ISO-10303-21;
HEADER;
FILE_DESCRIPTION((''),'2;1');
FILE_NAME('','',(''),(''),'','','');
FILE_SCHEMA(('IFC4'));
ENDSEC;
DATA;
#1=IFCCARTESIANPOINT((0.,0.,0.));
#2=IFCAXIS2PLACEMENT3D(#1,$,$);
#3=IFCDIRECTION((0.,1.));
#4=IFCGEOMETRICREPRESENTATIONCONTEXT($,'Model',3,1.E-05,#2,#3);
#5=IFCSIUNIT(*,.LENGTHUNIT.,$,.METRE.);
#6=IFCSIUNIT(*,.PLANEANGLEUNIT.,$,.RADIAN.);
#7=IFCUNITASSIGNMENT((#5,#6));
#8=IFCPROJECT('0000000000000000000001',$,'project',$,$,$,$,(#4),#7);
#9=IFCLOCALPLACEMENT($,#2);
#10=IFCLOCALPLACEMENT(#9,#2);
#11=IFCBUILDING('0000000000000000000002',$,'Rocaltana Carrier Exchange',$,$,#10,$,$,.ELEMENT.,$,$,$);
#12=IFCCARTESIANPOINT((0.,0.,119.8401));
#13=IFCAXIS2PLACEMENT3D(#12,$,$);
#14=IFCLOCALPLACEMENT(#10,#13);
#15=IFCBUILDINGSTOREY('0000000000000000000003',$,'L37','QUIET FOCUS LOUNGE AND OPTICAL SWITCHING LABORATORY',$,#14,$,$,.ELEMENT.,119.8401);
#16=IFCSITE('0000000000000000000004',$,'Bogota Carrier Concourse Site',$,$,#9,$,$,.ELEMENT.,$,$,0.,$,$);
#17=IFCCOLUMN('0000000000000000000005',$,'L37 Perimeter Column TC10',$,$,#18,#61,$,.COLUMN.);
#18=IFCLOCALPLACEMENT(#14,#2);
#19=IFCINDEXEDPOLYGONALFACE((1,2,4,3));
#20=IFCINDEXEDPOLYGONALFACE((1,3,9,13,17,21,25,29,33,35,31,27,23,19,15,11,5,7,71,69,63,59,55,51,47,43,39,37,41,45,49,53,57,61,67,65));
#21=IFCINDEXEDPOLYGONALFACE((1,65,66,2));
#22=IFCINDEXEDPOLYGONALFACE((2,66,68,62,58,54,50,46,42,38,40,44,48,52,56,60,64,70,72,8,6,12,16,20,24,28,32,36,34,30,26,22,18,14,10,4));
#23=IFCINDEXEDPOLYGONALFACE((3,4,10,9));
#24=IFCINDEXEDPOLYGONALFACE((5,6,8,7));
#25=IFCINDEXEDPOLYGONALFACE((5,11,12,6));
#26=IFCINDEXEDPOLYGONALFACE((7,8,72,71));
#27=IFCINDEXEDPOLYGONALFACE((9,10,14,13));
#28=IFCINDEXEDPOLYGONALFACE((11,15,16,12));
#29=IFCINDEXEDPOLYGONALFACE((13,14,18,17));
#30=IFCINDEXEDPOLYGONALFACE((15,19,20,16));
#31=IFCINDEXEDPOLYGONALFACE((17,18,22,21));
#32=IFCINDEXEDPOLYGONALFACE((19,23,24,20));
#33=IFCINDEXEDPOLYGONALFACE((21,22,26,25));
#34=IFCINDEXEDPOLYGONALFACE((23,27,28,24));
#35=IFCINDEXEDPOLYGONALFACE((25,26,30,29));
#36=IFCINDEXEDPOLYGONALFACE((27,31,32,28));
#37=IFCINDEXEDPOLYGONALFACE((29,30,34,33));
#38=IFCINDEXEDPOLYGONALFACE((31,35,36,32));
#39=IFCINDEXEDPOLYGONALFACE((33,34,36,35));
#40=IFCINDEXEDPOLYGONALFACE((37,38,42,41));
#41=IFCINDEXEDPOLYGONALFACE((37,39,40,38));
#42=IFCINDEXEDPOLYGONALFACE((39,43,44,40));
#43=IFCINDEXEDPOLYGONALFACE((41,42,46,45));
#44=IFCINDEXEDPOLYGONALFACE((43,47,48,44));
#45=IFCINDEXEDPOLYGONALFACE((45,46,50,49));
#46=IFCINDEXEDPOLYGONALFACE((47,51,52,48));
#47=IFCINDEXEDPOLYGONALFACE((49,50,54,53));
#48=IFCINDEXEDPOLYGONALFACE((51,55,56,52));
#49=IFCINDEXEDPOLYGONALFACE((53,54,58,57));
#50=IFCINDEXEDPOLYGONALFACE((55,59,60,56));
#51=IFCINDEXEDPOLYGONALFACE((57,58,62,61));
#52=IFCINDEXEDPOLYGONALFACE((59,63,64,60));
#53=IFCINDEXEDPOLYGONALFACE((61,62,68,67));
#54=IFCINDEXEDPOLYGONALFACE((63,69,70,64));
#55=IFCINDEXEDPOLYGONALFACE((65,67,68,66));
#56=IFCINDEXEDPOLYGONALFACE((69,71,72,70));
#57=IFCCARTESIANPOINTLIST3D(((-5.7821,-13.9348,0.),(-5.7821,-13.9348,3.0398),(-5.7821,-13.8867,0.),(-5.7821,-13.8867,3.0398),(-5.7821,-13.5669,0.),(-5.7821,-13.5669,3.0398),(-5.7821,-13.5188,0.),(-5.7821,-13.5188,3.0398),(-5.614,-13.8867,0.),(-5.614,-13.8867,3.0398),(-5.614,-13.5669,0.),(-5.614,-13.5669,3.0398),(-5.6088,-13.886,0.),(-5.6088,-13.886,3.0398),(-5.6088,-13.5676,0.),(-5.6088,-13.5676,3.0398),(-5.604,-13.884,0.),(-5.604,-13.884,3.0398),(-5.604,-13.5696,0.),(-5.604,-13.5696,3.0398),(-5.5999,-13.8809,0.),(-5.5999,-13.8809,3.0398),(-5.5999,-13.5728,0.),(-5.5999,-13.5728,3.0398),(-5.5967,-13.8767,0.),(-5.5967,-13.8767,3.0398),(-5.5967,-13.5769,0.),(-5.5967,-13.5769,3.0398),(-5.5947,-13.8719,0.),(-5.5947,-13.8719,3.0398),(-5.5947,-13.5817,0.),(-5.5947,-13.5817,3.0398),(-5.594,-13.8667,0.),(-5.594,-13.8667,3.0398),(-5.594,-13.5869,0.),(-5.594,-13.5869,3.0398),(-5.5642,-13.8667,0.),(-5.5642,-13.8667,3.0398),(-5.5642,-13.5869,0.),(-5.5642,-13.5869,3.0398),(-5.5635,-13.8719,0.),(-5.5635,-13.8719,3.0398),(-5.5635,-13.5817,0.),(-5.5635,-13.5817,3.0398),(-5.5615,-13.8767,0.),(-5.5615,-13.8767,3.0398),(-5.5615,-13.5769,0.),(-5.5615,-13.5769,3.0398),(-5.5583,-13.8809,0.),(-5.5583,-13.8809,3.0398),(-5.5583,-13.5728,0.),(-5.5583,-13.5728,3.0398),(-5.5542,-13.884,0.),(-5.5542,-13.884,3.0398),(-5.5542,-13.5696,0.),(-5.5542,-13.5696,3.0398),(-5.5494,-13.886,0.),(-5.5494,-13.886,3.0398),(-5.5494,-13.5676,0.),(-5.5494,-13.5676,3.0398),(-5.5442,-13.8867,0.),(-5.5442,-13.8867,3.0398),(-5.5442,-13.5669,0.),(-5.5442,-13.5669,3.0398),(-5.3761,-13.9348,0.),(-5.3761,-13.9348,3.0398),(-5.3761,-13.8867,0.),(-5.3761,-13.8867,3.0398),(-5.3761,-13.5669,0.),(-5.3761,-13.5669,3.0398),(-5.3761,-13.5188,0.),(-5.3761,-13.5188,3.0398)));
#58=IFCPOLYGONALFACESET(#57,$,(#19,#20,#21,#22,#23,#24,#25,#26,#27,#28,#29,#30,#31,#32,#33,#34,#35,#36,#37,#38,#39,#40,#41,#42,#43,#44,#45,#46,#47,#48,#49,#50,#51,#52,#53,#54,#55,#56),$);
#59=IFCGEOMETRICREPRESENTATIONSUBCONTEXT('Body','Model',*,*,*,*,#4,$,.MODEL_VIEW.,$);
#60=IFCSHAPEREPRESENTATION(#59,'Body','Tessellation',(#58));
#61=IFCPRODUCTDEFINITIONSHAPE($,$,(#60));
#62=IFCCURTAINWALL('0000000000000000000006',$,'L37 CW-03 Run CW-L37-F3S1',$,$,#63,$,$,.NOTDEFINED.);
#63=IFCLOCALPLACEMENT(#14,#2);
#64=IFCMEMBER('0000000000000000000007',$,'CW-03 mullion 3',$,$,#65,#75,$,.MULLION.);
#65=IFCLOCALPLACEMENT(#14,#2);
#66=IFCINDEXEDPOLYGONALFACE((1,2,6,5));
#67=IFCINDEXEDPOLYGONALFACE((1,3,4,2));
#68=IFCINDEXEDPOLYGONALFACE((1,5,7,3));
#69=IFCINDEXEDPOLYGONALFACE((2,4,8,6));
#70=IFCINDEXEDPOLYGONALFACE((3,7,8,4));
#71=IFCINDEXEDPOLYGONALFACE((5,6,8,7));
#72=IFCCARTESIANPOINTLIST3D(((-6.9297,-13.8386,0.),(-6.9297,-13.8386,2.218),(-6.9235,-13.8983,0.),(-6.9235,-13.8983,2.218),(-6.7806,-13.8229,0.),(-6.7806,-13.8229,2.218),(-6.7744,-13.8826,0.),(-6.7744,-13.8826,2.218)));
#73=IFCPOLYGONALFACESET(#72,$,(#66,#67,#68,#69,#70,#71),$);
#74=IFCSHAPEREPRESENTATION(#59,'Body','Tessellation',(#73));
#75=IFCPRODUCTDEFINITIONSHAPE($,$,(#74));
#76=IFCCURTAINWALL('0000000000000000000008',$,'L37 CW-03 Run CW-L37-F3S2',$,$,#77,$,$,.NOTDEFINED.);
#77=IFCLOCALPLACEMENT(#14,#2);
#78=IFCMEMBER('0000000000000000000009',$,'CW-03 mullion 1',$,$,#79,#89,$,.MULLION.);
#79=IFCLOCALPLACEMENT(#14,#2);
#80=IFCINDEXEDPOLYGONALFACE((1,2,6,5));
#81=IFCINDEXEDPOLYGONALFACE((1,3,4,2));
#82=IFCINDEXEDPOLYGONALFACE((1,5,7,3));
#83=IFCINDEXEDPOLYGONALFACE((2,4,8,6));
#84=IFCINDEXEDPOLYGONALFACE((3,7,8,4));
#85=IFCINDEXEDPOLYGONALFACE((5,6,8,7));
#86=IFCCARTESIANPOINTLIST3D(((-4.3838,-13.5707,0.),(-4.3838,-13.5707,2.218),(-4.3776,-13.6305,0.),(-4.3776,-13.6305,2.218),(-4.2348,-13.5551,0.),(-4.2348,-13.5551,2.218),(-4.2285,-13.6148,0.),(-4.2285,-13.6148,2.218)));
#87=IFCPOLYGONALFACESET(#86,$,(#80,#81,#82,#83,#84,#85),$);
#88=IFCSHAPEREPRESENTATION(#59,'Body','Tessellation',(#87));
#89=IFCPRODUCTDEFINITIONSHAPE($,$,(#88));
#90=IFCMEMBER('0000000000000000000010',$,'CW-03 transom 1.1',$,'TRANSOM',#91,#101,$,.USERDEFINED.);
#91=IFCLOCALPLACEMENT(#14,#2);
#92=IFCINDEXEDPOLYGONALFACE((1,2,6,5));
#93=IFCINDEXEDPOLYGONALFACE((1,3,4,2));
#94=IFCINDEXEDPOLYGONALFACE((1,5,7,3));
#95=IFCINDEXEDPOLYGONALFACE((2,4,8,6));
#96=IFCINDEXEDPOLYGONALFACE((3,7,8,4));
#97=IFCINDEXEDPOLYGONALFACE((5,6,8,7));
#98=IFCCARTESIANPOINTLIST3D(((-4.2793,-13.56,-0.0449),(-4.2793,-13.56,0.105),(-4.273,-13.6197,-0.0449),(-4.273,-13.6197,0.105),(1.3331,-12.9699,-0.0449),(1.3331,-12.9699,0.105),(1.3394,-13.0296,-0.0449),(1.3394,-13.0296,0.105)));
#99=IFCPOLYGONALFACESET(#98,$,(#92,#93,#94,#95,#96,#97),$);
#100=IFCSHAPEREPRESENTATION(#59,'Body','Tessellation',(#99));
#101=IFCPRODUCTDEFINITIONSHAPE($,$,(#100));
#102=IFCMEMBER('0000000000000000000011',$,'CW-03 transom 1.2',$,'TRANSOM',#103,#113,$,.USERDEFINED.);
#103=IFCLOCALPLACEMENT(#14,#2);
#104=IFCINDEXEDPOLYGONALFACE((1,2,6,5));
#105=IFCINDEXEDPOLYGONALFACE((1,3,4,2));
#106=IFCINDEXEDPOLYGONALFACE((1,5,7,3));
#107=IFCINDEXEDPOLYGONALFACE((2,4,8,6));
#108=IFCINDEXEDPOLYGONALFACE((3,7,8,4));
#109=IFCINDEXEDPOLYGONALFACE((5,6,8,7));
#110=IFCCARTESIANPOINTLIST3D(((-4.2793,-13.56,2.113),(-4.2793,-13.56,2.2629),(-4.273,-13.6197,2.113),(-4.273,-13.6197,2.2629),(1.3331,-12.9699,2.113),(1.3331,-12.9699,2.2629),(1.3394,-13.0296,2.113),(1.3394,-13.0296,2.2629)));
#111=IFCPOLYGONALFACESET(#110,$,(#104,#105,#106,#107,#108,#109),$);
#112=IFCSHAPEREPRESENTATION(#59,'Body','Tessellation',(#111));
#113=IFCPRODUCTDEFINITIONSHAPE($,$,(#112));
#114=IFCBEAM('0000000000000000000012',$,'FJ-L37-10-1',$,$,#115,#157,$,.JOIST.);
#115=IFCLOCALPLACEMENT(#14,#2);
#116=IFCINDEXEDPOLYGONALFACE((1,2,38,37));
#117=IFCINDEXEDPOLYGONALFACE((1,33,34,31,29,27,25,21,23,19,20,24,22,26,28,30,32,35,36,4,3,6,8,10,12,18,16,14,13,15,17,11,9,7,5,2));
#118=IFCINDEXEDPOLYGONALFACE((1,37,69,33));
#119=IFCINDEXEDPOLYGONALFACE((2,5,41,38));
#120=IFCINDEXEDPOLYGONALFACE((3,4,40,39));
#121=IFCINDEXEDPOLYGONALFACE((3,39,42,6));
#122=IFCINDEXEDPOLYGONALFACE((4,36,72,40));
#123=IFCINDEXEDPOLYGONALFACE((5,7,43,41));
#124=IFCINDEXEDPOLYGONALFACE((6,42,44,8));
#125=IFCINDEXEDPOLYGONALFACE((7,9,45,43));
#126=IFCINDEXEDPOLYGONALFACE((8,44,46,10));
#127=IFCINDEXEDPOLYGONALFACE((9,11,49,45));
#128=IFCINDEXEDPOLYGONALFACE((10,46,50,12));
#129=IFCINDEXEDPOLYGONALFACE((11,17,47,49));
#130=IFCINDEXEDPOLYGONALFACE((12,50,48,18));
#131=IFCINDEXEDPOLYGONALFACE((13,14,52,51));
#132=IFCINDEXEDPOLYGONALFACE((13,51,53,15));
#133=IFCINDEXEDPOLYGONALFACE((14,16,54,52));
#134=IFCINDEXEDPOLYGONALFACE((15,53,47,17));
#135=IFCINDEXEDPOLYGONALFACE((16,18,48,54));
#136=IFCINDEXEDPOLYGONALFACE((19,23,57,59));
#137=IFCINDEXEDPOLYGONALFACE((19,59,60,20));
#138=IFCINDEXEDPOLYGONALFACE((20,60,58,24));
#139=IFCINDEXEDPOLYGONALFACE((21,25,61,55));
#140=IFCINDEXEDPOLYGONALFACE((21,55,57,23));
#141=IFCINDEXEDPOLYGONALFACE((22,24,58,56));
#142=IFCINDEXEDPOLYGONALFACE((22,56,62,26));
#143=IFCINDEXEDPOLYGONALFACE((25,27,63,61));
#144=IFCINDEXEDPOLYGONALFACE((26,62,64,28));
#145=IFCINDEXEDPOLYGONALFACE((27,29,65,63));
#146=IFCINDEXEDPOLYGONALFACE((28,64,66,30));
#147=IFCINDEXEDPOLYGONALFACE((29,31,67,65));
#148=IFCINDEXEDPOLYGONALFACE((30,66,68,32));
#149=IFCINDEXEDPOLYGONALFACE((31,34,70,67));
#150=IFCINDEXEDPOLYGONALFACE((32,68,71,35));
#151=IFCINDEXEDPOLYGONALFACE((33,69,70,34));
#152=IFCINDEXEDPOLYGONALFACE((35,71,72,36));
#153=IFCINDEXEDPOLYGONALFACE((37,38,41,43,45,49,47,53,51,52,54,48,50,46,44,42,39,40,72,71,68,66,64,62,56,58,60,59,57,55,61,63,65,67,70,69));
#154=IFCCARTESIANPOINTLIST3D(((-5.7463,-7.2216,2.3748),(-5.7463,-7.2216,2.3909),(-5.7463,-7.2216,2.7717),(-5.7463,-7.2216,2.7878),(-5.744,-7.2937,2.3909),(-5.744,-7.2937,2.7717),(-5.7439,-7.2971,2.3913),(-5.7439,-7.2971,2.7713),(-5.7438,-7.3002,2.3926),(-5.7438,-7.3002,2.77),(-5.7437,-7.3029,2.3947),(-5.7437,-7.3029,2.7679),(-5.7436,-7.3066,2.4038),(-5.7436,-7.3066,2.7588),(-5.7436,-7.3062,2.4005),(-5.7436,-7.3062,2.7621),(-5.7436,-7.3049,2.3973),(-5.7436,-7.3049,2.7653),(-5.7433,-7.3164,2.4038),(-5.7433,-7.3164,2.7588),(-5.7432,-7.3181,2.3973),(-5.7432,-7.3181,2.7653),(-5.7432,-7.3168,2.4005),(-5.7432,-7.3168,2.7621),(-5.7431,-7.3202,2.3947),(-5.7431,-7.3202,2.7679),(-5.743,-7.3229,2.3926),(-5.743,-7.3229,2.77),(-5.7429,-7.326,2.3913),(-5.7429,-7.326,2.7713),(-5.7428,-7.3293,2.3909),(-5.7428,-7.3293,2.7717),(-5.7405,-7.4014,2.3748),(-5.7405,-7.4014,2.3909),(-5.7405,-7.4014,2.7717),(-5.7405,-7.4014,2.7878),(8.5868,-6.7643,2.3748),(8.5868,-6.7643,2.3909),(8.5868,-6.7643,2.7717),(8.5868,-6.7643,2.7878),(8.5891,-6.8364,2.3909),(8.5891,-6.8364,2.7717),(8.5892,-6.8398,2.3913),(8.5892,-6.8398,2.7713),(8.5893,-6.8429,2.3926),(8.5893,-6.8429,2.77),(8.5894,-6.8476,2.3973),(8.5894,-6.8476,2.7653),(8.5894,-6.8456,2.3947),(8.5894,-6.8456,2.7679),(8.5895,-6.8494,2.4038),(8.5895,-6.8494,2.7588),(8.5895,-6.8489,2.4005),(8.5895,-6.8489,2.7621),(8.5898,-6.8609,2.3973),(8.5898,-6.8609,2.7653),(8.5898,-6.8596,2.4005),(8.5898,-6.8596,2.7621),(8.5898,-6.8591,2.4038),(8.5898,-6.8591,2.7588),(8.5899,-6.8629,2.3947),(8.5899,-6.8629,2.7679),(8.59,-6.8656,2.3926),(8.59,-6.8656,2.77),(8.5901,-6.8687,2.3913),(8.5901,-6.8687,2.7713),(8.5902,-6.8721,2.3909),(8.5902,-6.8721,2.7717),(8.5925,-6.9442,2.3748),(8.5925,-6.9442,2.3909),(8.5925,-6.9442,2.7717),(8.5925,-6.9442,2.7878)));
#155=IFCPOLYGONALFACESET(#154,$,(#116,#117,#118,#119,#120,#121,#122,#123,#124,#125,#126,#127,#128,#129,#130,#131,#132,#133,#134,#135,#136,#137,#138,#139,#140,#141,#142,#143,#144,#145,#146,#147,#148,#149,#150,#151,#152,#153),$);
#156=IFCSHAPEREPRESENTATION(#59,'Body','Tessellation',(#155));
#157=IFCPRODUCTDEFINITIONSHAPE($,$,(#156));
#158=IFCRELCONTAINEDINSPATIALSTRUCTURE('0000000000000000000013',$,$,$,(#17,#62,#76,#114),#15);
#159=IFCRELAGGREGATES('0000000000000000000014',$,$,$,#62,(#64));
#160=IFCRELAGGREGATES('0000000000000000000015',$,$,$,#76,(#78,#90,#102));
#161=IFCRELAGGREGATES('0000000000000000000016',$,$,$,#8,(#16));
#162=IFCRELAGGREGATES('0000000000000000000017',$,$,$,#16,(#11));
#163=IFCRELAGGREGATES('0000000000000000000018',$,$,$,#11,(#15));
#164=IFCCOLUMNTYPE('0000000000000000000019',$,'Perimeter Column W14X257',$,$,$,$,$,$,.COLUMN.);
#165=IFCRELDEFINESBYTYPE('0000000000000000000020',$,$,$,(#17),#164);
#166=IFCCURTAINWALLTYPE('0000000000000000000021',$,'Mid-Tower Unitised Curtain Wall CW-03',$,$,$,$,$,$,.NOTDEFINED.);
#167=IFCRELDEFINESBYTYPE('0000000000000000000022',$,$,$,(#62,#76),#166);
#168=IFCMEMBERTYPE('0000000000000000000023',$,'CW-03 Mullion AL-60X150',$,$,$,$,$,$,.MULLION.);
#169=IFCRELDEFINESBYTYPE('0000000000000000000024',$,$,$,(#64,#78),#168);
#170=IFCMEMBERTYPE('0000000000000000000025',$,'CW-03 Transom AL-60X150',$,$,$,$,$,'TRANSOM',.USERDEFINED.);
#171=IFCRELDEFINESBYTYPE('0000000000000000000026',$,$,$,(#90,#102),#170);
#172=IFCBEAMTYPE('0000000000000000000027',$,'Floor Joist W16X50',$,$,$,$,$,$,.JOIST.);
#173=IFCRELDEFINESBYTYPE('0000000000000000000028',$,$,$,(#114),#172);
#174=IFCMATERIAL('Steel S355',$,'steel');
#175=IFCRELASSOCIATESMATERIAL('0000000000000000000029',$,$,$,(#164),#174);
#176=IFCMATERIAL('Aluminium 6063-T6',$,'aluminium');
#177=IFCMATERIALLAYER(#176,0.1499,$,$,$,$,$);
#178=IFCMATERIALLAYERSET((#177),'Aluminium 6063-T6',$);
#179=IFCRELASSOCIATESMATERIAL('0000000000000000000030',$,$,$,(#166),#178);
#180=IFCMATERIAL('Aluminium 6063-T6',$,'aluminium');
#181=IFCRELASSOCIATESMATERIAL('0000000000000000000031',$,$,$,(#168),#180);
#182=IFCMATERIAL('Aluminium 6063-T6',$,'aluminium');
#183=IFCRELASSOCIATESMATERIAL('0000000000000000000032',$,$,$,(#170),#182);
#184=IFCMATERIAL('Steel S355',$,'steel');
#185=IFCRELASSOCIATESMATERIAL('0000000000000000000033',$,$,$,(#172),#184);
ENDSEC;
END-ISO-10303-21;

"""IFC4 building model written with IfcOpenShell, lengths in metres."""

from ifc_helpers import new_model, si_unit, direction, frame, origin, origin_2d, place, context, subcontext, project, spatial, rectangle, i_section, extrude, material, layer, layer_set, material_profile, profile_set, type_object, element, aggregate, save


model = new_model("IFC4")

# Units and contexts
model_context = context("Model", 3, precision=1e-05, world=origin(), true_north=direction((0.0, 1.0)))
body_context = subcontext(model_context, "Body", "Model", "MODEL_VIEW")
ifc_project = project(units=[si_unit("LENGTHUNIT", "METRE"), si_unit("PLANEANGLEUNIT", "RADIAN")], contexts=[model_context])

# Site, building, storey
site_placement = place(None, origin())
site = spatial("IfcSite", under=ifc_project, at=site_placement, Name="Bogota Carrier Concourse Site", CompositionType="ELEMENT", RefElevation=0.0)
building_placement = place(site_placement, origin())
building = spatial("IfcBuilding", under=site, at=building_placement, Name="Rocaltana Carrier Exchange", CompositionType="ELEMENT")
storey_placement = place(building_placement, frame((0.0, 0.0, 119.8401)))
storey = spatial("IfcBuildingStorey", under=building, at=storey_placement, Name="L37", Description="QUIET FOCUS LOUNGE AND OPTICAL SWITCHING LABORATORY", CompositionType="ELEMENT", Elevation=119.8401)

# Column
ifc_material_1 = material(Name="Steel S355", Category="steel")
ifc_material_profile_1 = material_profile(ifc_material_1, i_section(OverallWidth=0.406, OverallDepth=0.416, WebThickness=0.0298, FlangeThickness=0.0481, FilletRadius=0.02, at=origin_2d()), Name="W14X257")
ifc_profile_set_1 = profile_set([ifc_material_profile_1], Name="Steel S355")
column_type = type_object("IfcColumnType", Name="Perimeter Column W14X257", PredefinedType="COLUMN", material=ifc_profile_set_1)
column_placement = place(storey_placement, frame((-5.5791, -13.7268, 0.0), z_axis=(0.0, 0.0, 1.0), x_axis=(1.0, 0.0, 0.0)))
element("IfcColumn", 1, at=column_placement, inside=storey, type_object=column_type, Name="L37 Perimeter Column TC10", PredefinedType="COLUMN", context=body_context, shape_type="SweptSolid", body=[
    extrude(i_section(OverallWidth=0.406, OverallDepth=0.416, WebThickness=0.0298, FlangeThickness=0.0481, FilletRadius=0.02, at=origin_2d()), origin(), (0.0, 0.0, 1.0), 3.0398),
])

# Curtain wall, member
ifc_material_2 = material(Name="Aluminium 6063-T6", Category="aluminium")
ifc_layer_1 = layer(ifc_material_2, 0.1499)
ifc_layer_set_1 = layer_set([ifc_layer_1], Name="Aluminium 6063-T6")
curtain_wall_type = type_object("IfcCurtainWallType", Name="Mid-Tower Unitised Curtain Wall CW-03", PredefinedType="NOTDEFINED", material=ifc_layer_set_1)
curtain_wall_1_placement = place(storey_placement, origin())
curtain_wall_1 = element("IfcCurtainWall", 2, at=curtain_wall_1_placement, inside=storey, type_object=curtain_wall_type, Name="L37 CW-03 Run CW-L37-F3S1", PredefinedType="NOTDEFINED")
ifc_material_3 = material(Name="Aluminium 6063-T6", Category="aluminium")
ifc_material_profile_2 = material_profile(ifc_material_3, rectangle(XDim=0.0601, YDim=0.1499, at=origin_2d()), Name="AL-60X150")
ifc_profile_set_2 = profile_set([ifc_material_profile_2], Name="Aluminium 6063-T6")
member_type_1 = type_object("IfcMemberType", Name="CW-03 Mullion AL-60X150", PredefinedType="MULLION", material=ifc_profile_set_2)
member_1_placement = place(storey_placement, frame((-6.8521, -13.8606, 0.0), z_axis=(0.0, 0.0, 1.0), x_axis=(-0.104522, 0.994523, 0.0)))
member_1 = element("IfcMember", 3, at=member_1_placement, type_object=member_type_1, Name="CW-03 mullion 3", PredefinedType="MULLION", context=body_context, shape_type="SweptSolid", body=[
    extrude(rectangle(XDim=0.0601, YDim=0.1499, at=origin_2d()), origin(), (0.0, 0.0, 1.0), 2.218),
])
aggregate(curtain_wall_1, [member_1])

# Curtain wall, members
curtain_wall_2_placement = place(storey_placement, origin())
curtain_wall_2 = element("IfcCurtainWall", 4, at=curtain_wall_2_placement, inside=storey, type_object=curtain_wall_type, Name="L37 CW-03 Run CW-L37-F3S2", PredefinedType="NOTDEFINED")
member_2_placement = place(storey_placement, frame((-4.3062, -13.5928, 0.0), z_axis=(0.0, 0.0, 1.0), x_axis=(-0.10453, 0.994522, 0.0)))
member_2 = element("IfcMember", 5, at=member_2_placement, type_object=member_type_1, Name="CW-03 mullion 1", PredefinedType="MULLION", context=body_context, shape_type="SweptSolid", body=[
    extrude(rectangle(XDim=0.0601, YDim=0.1499, at=origin_2d()), origin(), (0.0, 0.0, 1.0), 2.218),
])
ifc_material_4 = material(Name="Aluminium 6063-T6", Category="aluminium")
ifc_material_profile_3 = material_profile(ifc_material_4, rectangle(XDim=0.0601, YDim=0.1499, at=origin_2d()), Name="AL-60X150")
ifc_profile_set_3 = profile_set([ifc_material_profile_3], Name="Aluminium 6063-T6")
member_type_2 = type_object("IfcMemberType", Name="CW-03 Transom AL-60X150", ElementType="TRANSOM", PredefinedType="USERDEFINED", material=ifc_profile_set_3)
member_3_placement = place(storey_placement, frame((-4.2761, -13.5898, 0.03), z_axis=(0.994518, 0.104565, 0.0), x_axis=(-0.104565, 0.994518, 0.0)))
member_3 = element("IfcMember", 6, at=member_3_placement, type_object=member_type_2, Name="CW-03 transom 1.1", ObjectType="TRANSOM", PredefinedType="USERDEFINED", context=body_context, shape_type="SweptSolid", body=[
    extrude(rectangle(XDim=0.0601, YDim=0.1499, at=origin_2d()), origin(), (0.0, 0.0, 1.0), 5.6433),
])
member_4_placement = place(storey_placement, frame((-4.2761, -13.5898, 2.188), z_axis=(0.994518, 0.104565, 0.0), x_axis=(-0.104565, 0.994518, 0.0)))
member_4 = element("IfcMember", 7, at=member_4_placement, type_object=member_type_2, Name="CW-03 transom 1.2", ObjectType="TRANSOM", PredefinedType="USERDEFINED", context=body_context, shape_type="SweptSolid", body=[
    extrude(rectangle(XDim=0.0601, YDim=0.1499, at=origin_2d()), origin(), (0.0, 0.0, 1.0), 5.6433),
])

# Beam
ifc_material_5 = material(Name="Steel S355", Category="steel")
ifc_material_profile_4 = material_profile(ifc_material_5, i_section(OverallWidth=0.1799, OverallDepth=0.4131, WebThickness=0.0098, FlangeThickness=0.0161, FilletRadius=0.0129, at=origin_2d()), Name="W16X50")
ifc_profile_set_4 = profile_set([ifc_material_profile_4], Name="Steel S355")
beam_type_1 = type_object("IfcBeamType", Name="Floor Joist W16X50", PredefinedType="JOIST", material=ifc_profile_set_4)
beam_1_placement = place(storey_placement, frame((-5.7434, -7.3115, 2.5813), z_axis=(0.999491, 0.031887, 0.0), x_axis=(-0.031887, 0.999491, 0.0)))
element("IfcBeam", 8, at=beam_1_placement, inside=storey, type_object=beam_type_1, Name="FJ-L37-10-1", PredefinedType="JOIST", context=body_context, shape_type="SweptSolid", body=[
    extrude(i_section(OverallWidth=0.1799, OverallDepth=0.4131, WebThickness=0.0098, FlangeThickness=0.0161, FilletRadius=0.0129, at=origin_2d()), origin(), (0.0, 0.0, 1.0), 14.3403),
])

aggregate(curtain_wall_2, [member_2, member_3, member_4])

save(model, "model.ifc")
